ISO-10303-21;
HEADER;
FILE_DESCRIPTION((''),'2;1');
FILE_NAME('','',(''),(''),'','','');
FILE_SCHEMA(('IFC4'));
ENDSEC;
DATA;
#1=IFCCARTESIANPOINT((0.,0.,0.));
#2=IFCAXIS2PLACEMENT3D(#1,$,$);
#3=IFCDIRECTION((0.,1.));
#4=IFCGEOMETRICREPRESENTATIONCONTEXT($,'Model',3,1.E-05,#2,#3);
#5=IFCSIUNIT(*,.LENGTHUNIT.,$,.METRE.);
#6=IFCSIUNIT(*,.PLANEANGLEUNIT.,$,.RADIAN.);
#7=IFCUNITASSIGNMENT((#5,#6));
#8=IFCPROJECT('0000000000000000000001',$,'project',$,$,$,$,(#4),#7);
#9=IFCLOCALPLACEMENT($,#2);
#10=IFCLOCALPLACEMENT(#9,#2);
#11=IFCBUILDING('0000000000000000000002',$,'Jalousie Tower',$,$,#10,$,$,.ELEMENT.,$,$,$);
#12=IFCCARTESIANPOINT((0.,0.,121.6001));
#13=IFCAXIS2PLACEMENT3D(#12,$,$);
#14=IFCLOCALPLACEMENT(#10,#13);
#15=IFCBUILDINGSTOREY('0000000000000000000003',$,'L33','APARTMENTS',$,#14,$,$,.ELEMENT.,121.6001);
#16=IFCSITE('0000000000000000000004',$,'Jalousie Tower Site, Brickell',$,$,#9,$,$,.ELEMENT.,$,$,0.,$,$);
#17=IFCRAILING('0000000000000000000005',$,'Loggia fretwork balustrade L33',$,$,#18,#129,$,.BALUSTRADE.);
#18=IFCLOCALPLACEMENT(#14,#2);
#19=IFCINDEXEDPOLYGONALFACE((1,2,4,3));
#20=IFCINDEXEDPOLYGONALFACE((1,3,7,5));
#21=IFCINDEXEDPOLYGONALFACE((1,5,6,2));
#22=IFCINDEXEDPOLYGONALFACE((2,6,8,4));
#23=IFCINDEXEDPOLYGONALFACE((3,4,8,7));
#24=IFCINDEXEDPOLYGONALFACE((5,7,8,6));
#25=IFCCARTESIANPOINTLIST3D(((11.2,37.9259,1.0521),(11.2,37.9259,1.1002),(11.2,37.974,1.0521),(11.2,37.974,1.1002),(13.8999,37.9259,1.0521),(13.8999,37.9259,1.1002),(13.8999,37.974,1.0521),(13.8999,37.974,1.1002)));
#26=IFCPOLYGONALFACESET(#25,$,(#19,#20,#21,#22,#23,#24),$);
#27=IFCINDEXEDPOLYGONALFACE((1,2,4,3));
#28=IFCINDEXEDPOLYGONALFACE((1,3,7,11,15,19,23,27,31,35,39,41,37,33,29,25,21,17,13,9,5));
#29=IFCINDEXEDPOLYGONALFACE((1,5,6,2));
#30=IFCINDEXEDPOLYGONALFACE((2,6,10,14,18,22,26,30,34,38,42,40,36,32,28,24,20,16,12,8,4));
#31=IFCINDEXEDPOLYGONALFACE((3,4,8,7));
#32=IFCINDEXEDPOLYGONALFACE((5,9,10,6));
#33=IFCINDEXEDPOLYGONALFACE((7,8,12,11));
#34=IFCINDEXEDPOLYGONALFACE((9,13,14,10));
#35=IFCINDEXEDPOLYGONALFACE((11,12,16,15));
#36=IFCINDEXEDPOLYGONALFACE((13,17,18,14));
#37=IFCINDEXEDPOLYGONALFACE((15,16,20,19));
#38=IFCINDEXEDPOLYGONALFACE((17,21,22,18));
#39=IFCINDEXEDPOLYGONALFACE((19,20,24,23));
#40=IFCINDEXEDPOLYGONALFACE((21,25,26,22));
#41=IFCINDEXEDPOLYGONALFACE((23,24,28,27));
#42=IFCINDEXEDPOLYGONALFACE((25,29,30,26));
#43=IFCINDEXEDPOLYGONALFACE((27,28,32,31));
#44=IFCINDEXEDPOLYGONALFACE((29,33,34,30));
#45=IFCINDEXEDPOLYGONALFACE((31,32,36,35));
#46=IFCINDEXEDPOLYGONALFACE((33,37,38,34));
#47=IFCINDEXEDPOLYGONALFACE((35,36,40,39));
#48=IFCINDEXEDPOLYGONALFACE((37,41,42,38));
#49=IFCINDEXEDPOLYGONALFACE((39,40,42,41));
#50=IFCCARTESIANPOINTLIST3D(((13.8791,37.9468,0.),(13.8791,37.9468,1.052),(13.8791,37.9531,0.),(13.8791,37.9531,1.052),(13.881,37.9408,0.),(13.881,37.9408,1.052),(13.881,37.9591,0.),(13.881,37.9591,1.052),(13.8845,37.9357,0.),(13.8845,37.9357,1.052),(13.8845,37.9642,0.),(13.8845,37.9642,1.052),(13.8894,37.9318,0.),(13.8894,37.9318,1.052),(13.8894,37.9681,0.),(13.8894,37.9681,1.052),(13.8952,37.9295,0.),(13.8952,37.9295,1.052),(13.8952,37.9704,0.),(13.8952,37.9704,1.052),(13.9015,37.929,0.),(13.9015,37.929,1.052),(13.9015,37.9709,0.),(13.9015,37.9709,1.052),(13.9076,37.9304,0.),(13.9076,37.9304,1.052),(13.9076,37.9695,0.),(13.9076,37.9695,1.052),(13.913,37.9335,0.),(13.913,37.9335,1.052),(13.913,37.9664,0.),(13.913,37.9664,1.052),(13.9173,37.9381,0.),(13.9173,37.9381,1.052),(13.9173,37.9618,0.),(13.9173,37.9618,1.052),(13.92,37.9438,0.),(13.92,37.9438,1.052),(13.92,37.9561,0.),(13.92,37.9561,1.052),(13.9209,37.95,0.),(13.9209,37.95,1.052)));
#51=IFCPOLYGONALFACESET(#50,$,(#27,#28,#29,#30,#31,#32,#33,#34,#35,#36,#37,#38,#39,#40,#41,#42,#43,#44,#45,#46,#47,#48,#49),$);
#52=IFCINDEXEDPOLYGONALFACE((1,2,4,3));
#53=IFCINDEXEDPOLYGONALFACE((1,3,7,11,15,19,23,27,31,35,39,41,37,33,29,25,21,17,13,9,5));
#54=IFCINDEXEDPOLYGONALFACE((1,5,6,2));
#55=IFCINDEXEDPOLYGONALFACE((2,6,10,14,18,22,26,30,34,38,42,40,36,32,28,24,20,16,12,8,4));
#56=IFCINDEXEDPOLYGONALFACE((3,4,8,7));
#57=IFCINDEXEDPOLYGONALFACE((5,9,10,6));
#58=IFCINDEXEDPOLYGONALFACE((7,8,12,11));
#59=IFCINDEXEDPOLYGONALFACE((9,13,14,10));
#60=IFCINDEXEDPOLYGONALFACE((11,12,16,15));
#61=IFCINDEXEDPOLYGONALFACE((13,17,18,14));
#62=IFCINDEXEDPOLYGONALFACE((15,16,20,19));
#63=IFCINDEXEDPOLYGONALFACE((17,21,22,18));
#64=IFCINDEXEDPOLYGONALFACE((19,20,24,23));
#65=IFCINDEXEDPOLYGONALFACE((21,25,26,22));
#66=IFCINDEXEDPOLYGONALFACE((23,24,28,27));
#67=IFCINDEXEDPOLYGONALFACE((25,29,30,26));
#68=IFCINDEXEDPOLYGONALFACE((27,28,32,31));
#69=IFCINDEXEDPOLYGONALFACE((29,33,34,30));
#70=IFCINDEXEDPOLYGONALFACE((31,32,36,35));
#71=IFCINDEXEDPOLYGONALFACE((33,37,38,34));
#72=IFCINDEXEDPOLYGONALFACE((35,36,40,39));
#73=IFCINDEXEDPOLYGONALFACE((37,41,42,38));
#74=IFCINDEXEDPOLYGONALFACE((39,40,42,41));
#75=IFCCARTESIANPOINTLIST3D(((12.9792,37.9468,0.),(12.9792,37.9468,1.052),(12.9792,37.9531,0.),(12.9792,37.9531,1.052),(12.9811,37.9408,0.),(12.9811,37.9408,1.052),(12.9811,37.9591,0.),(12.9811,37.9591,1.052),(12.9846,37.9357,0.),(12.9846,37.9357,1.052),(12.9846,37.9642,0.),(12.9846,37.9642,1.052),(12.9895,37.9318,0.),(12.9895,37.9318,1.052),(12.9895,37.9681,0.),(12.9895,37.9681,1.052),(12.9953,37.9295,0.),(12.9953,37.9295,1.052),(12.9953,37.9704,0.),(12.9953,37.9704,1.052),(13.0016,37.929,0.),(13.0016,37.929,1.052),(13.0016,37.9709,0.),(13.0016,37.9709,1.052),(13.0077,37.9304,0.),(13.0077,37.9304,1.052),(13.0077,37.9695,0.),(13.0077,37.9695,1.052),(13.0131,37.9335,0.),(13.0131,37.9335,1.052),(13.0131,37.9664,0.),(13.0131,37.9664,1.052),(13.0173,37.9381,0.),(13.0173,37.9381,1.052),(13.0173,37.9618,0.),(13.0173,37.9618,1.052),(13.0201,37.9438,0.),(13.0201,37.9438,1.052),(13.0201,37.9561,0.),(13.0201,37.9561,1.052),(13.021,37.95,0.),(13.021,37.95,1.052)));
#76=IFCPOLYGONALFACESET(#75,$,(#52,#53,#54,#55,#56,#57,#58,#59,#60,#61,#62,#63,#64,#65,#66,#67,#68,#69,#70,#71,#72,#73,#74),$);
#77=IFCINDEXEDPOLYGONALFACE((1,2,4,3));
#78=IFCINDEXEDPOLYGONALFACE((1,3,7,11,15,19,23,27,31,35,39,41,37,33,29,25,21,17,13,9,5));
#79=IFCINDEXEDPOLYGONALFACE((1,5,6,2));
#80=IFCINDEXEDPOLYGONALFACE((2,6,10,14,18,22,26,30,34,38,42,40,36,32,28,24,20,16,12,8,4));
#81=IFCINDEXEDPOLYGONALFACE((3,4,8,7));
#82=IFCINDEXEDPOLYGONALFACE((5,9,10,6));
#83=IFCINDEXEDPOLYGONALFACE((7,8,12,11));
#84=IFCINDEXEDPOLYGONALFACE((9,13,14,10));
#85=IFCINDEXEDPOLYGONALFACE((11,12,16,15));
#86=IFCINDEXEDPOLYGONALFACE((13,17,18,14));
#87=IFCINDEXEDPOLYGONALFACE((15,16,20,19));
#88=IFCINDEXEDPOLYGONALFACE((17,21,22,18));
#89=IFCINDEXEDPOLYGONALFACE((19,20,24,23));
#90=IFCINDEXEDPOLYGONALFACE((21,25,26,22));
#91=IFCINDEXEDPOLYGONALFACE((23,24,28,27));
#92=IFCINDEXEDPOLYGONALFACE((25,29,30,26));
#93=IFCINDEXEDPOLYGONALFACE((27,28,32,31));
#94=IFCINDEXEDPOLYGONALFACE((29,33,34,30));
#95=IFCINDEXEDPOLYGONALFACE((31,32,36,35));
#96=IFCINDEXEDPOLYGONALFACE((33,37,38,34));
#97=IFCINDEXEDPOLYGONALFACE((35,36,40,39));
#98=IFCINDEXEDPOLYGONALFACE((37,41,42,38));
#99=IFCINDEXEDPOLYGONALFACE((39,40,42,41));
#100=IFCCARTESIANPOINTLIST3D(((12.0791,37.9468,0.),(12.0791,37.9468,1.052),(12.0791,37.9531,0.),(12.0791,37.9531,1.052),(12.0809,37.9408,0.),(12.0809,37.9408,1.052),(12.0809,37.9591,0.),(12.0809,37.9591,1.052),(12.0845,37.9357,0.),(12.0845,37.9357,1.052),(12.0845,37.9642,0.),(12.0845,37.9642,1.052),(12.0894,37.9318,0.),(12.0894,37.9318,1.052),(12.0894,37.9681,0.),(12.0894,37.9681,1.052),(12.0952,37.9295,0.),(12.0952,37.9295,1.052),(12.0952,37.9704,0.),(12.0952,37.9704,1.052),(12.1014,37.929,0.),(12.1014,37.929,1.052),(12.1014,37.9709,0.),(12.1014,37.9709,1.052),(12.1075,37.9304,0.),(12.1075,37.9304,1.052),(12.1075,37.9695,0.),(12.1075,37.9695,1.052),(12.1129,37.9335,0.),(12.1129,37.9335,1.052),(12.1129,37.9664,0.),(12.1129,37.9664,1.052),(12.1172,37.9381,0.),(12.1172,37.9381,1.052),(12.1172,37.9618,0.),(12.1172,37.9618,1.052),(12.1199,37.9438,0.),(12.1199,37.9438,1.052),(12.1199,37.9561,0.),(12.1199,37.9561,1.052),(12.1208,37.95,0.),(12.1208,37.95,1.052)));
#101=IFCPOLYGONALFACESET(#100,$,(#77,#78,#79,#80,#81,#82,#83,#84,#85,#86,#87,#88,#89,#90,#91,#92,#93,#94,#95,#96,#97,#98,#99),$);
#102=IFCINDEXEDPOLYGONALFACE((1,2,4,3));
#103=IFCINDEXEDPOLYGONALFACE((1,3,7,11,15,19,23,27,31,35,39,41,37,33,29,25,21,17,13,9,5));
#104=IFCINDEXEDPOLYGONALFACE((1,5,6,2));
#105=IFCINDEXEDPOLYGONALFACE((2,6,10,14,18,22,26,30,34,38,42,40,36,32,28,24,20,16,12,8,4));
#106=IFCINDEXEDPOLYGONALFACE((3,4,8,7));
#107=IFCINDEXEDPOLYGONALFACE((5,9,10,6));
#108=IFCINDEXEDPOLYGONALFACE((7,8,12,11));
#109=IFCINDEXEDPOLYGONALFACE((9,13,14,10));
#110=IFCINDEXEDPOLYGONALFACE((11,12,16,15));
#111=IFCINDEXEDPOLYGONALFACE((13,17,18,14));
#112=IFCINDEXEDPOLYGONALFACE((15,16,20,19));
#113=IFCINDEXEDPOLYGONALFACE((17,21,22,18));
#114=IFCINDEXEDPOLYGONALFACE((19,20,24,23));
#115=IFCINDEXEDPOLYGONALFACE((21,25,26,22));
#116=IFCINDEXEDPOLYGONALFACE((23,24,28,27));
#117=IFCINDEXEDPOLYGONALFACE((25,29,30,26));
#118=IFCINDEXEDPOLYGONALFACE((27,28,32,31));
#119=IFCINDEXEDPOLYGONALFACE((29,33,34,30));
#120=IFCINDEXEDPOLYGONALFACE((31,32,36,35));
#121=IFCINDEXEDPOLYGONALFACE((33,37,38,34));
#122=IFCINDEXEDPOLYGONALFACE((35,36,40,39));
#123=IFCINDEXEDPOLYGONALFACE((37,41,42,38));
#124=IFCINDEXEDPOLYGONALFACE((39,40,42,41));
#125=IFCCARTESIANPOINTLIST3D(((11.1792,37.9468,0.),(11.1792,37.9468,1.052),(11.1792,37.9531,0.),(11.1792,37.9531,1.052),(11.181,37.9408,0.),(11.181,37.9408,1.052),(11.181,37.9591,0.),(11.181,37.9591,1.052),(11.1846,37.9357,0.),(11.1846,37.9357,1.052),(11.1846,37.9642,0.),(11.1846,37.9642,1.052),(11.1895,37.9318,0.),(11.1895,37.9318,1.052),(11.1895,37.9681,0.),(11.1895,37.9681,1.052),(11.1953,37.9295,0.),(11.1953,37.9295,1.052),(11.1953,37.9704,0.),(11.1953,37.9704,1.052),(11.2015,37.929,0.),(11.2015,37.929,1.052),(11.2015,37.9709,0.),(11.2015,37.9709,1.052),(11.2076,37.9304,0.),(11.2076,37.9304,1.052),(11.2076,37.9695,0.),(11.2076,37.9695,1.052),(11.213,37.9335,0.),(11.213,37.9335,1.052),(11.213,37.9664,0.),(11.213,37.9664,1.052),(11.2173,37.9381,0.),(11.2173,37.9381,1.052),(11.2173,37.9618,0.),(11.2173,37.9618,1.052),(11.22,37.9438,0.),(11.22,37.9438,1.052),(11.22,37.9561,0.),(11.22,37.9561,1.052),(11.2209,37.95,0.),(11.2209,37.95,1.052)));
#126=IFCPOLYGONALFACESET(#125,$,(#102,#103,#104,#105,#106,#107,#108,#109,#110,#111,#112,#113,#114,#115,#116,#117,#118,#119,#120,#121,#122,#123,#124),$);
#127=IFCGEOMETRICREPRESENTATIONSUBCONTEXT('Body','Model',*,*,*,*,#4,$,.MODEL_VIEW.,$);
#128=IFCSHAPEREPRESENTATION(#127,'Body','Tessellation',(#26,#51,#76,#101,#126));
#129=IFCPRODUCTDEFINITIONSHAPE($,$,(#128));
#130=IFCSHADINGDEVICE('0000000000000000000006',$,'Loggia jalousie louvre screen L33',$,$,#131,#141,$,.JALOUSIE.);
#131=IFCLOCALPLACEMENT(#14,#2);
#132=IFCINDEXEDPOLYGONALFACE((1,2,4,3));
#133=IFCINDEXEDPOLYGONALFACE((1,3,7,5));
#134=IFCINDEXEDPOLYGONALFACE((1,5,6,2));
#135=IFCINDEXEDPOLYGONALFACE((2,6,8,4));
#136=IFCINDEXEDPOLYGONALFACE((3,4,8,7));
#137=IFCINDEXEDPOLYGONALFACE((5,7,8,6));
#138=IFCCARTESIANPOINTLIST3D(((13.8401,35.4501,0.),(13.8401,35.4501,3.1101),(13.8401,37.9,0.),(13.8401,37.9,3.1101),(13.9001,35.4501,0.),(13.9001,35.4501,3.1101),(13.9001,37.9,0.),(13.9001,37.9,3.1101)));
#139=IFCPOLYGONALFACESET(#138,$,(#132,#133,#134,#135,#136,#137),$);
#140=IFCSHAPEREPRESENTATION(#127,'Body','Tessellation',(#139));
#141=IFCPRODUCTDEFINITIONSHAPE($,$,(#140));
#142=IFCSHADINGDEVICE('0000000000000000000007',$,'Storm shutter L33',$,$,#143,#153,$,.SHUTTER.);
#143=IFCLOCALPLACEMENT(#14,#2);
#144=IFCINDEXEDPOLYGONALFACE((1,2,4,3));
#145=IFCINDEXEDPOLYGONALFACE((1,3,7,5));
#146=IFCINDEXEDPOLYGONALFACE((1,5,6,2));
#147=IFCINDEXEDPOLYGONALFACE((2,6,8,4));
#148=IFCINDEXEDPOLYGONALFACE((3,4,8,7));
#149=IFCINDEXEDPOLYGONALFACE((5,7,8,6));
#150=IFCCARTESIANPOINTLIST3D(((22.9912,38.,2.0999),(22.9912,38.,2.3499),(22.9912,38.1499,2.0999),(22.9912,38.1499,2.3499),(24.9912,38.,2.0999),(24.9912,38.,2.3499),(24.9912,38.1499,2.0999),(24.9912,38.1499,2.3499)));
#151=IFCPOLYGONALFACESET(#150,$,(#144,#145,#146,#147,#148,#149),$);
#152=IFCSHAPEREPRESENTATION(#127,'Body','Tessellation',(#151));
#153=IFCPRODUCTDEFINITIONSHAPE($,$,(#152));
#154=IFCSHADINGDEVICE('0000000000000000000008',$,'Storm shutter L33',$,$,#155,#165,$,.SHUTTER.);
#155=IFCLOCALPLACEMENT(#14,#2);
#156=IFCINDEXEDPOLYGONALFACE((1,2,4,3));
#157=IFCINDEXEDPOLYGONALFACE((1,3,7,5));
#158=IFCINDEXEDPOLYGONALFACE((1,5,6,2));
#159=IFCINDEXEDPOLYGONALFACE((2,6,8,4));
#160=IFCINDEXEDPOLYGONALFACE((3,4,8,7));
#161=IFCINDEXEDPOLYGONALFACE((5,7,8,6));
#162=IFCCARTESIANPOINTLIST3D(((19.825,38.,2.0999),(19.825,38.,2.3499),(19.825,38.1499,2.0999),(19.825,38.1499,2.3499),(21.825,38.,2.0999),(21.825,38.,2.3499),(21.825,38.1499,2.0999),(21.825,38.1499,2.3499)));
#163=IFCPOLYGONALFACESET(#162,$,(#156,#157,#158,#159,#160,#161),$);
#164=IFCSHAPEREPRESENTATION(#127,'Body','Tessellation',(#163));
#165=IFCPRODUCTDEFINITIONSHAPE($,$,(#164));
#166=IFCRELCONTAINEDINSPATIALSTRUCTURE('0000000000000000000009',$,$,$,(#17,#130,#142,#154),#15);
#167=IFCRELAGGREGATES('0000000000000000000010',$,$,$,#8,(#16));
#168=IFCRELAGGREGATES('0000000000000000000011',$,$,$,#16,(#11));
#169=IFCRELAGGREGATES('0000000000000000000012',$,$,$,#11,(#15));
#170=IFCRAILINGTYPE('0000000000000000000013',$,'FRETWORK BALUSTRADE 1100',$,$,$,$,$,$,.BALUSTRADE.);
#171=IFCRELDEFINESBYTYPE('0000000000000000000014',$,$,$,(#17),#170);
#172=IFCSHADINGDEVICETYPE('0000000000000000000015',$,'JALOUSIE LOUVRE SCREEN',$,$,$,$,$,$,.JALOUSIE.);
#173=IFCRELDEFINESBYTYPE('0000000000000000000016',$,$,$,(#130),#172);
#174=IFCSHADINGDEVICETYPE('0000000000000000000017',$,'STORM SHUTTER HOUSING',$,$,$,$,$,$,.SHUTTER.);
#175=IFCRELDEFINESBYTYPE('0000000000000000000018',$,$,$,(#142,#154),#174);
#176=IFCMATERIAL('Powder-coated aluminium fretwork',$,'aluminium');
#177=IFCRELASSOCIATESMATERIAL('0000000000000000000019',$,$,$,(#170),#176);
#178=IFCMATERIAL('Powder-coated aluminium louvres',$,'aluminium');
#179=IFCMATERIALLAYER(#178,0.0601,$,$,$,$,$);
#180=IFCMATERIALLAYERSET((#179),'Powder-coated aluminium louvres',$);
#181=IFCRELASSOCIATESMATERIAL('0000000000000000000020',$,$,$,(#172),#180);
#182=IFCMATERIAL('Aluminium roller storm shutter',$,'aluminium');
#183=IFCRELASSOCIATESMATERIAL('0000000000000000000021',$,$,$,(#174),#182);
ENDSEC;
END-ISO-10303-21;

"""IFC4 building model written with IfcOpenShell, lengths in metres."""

from ifc_helpers import new_model, si_unit, direction, frame, origin, origin_2d, place, context, subcontext, project, spatial, rectangle, circle, extrude, material, layer, layer_set, type_object, element, save


model = new_model("IFC4")

# Units and contexts
model_context = context("Model", 3, precision=1e-05, world=origin(), true_north=direction((0.0, 1.0)))
body_context = subcontext(model_context, "Body", "Model", "MODEL_VIEW")
ifc_project = project(units=[si_unit("LENGTHUNIT", "METRE"), si_unit("PLANEANGLEUNIT", "RADIAN")], contexts=[model_context])

# Site, building, storey
site_placement = place(None, origin())
site = spatial("IfcSite", under=ifc_project, at=site_placement, Name="Jalousie Tower Site, Brickell", CompositionType="ELEMENT", RefElevation=0.0)
building_placement = place(site_placement, origin())
building = spatial("IfcBuilding", under=site, at=building_placement, Name="Jalousie Tower", CompositionType="ELEMENT")
storey_placement = place(building_placement, frame((0.0, 0.0, 121.6001)))
storey = spatial("IfcBuildingStorey", under=building, at=storey_placement, Name="L33", Description="APARTMENTS", CompositionType="ELEMENT", Elevation=121.6001)

# Railing
ifc_material_1 = material(Name="Powder-coated aluminium fretwork", Category="aluminium")
railing_type = type_object("IfcRailingType", Name="FRETWORK BALUSTRADE 1100", PredefinedType="BALUSTRADE", material=ifc_material_1)
railing_placement = place(storey_placement, frame((13.8999, 37.95, 0.0)))
element("IfcRailing", 1, at=railing_placement, inside=storey, type_object=railing_type, Name="Loggia fretwork balustrade L33", PredefinedType="BALUSTRADE", context=body_context, shape_type="SweptSolid", body=[
    extrude(rectangle(XDim=0.0481, YDim=0.0481, at=origin_2d()), frame((0.0, 0.0, 1.0762), z_axis=(-1.0, 0.0, 0.0), x_axis=(0.0, -1.0, 0.0)), (0.0, 0.0, 1.0), 2.7),
    extrude(circle(Radius=0.021, at=origin_2d()), origin(), (0.0, 0.0, 1.0), 1.052),
    extrude(circle(Radius=0.021, at=origin_2d()), frame((-0.8999, 0.0, 0.0)), (0.0, 0.0, 1.0), 1.052),
    extrude(circle(Radius=0.021, at=origin_2d()), frame((-1.8, 0.0, 0.0)), (0.0, 0.0, 1.0), 1.052),
    extrude(circle(Radius=0.021, at=origin_2d()), frame((-2.7, 0.0, 0.0)), (0.0, 0.0, 1.0), 1.052),
])

# Shading devices
ifc_material_2 = material(Name="Powder-coated aluminium louvres", Category="aluminium")
ifc_layer_1 = layer(ifc_material_2, 0.0601)
ifc_layer_set_1 = layer_set([ifc_layer_1], Name="Powder-coated aluminium louvres")
shading_device_type_1 = type_object("IfcShadingDeviceType", Name="JALOUSIE LOUVRE SCREEN", PredefinedType="JALOUSIE", material=ifc_layer_set_1)
shading_device_placement = place(storey_placement, frame((13.8701, 36.675, 0.0), z_axis=(0.0, 0.0, 1.0), x_axis=(-1.0, 0.0, 0.0)))
element("IfcShadingDevice", 2, at=shading_device_placement, inside=storey, type_object=shading_device_type_1, Name="Loggia jalousie louvre screen L33", PredefinedType="JALOUSIE", context=body_context, shape_type="SweptSolid", body=[
    extrude(rectangle(XDim=0.0601, YDim=2.45, at=origin_2d()), origin(), (0.0, 0.0, 1.0), 3.1101),
])
ifc_material_3 = material(Name="Aluminium roller storm shutter", Category="aluminium")
shading_device_type_2 = type_object("IfcShadingDeviceType", Name="STORM SHUTTER HOUSING", PredefinedType="SHUTTER", material=ifc_material_3)
for number, where, z_axis, x_axis, name in (
    (3, (23.9912, 38.075, 2.0999), (0.0, 0.0, 1.0), (-1.0, 0.0, 0.0), "Storm shutter L33"),
    (4, (20.825, 38.075, 2.0999), (0.0, 0.0, 1.0), (-1.0, 0.0, 0.0), "Storm shutter L33"),
):
    element("IfcShadingDevice", number, at=place(storey_placement, frame(where, z_axis=z_axis, x_axis=x_axis)), inside=storey, type_object=shading_device_type_2, Name=name, PredefinedType="SHUTTER", context=body_context, shape_type="SweptSolid", body=[
        extrude(rectangle(XDim=2.0, YDim=0.1499, at=origin_2d()), origin(), (0.0, 0.0, 1.0), 0.25),
    ])

save(model, "model.ifc")
